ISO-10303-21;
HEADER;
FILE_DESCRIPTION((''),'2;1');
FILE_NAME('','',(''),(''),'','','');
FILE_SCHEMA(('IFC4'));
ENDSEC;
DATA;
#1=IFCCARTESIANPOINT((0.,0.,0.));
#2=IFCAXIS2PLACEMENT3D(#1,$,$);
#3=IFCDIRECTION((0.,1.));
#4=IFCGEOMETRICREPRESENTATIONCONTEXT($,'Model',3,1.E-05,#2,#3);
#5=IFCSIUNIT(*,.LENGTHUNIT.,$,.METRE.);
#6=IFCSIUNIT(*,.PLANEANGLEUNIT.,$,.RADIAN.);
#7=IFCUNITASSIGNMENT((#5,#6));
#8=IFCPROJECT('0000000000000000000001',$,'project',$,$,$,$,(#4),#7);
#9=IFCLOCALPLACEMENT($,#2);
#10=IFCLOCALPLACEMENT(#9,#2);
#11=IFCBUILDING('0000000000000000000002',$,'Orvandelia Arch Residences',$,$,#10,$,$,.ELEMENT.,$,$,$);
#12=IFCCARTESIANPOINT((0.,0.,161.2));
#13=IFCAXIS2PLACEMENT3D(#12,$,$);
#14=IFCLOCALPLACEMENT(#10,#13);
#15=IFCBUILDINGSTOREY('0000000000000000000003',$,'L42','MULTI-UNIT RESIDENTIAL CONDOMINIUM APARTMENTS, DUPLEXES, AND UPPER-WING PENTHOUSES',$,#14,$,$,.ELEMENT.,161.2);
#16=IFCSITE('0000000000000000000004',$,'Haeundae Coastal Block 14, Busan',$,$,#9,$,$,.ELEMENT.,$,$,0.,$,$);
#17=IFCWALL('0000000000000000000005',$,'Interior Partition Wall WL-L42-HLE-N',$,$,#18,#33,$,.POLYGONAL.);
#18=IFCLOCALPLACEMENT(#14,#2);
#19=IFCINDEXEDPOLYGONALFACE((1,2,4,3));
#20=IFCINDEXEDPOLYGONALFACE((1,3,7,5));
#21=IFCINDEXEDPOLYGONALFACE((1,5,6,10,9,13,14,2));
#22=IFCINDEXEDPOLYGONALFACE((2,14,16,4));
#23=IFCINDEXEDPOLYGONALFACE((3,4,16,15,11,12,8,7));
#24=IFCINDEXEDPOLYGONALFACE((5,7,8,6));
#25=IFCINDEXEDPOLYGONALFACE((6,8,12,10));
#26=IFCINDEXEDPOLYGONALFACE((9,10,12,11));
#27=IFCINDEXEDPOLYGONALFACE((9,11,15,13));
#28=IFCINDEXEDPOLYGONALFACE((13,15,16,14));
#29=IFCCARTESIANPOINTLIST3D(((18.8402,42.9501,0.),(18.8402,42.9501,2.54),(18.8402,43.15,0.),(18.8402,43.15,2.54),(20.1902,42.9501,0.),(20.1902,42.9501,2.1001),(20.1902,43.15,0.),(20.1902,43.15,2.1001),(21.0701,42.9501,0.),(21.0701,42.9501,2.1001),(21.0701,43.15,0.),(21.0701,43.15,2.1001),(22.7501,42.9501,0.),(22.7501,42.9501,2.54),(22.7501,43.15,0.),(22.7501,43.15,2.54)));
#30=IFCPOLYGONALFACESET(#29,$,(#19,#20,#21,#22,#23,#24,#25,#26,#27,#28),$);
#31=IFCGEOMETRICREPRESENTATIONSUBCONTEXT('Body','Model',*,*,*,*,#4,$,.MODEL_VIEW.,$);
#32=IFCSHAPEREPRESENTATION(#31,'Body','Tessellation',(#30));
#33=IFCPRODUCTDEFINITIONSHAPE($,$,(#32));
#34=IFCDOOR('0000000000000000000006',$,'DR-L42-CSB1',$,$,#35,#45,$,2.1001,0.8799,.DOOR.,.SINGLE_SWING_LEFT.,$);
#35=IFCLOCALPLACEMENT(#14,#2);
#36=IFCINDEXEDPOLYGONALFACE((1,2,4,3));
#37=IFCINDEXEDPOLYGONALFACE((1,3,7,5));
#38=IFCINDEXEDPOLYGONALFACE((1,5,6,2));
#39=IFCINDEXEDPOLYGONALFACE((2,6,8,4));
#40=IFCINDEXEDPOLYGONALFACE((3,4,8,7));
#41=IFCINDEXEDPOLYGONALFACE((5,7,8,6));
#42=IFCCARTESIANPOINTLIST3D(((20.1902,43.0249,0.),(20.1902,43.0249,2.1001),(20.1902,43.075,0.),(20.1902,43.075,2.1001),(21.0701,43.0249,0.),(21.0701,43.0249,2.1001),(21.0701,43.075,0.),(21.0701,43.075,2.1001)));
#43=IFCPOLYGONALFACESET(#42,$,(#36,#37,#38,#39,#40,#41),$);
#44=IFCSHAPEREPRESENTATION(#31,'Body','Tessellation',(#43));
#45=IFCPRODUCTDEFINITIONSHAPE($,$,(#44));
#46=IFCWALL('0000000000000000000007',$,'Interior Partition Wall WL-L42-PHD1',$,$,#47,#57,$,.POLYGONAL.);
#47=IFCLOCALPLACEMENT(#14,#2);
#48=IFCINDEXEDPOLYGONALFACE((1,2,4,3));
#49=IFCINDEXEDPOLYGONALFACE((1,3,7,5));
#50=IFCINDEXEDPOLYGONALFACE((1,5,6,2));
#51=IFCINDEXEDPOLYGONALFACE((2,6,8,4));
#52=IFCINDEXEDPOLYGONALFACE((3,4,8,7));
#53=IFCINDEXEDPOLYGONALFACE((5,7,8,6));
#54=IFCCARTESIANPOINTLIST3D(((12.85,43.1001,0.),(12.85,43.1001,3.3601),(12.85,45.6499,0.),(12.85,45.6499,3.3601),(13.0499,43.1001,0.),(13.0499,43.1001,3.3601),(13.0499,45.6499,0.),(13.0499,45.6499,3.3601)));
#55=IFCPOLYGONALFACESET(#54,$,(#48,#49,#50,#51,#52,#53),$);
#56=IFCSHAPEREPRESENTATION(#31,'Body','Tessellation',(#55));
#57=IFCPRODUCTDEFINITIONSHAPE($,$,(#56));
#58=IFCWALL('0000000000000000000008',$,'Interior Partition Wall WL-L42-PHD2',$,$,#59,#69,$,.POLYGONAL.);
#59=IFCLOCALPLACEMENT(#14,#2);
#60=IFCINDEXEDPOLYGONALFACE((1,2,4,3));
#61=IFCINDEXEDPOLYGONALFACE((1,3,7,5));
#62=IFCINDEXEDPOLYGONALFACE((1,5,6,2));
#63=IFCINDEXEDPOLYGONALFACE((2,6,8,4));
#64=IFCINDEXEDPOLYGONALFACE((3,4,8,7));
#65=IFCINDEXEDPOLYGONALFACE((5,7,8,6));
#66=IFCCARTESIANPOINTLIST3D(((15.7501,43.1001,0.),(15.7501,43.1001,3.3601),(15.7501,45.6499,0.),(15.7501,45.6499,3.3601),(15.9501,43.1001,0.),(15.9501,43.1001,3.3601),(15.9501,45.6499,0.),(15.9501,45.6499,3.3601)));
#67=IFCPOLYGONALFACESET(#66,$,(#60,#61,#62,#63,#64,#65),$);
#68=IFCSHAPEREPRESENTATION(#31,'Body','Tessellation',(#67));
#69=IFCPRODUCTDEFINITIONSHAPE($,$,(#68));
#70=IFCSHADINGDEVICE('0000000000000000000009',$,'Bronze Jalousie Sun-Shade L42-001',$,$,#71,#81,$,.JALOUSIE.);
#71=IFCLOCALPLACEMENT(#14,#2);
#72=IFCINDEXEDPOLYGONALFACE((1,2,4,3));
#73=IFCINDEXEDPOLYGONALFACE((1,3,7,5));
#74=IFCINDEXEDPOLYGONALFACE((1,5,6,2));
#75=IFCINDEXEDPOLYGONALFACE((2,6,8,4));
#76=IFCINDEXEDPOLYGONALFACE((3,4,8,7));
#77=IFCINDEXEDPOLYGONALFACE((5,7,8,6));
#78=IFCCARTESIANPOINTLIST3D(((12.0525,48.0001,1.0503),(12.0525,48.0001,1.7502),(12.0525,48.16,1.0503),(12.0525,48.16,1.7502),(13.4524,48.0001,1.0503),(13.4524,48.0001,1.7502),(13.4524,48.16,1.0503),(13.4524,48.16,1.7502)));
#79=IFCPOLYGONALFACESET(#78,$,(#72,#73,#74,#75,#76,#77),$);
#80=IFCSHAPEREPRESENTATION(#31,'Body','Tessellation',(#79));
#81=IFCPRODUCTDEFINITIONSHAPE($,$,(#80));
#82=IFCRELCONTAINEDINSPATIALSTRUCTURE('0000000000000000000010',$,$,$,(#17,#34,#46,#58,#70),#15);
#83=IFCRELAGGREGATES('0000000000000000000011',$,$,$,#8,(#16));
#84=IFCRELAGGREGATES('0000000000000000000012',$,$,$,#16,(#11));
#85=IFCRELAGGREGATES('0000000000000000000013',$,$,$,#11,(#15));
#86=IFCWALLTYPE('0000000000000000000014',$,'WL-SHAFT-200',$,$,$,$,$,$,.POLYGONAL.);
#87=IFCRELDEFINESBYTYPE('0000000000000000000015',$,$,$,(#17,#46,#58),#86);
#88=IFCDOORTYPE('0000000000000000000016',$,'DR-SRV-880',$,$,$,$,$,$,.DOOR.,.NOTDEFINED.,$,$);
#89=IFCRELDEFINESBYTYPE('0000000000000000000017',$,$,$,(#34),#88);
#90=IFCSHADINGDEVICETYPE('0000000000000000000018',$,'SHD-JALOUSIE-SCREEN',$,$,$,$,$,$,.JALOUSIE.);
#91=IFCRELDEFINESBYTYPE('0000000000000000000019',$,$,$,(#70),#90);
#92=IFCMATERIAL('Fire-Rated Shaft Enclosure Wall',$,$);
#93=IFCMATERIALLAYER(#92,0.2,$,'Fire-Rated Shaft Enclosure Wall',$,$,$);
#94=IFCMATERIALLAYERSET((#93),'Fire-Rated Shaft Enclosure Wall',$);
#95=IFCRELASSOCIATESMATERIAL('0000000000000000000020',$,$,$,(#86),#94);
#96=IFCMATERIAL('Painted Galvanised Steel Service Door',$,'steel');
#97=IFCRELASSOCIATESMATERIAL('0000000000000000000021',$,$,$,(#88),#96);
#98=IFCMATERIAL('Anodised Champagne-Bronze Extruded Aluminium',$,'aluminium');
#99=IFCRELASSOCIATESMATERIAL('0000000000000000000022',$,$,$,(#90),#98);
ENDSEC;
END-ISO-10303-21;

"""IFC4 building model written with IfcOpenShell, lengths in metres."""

from ifc_helpers import new_model, si_unit, direction, frame, frame_2d, origin, origin_2d, place, context, subcontext, project, spatial, rectangle, extrude, material, layer, layer_set, type_object, element, fill, save


model = new_model("IFC4")

# Units and contexts
model_context = context("Model", 3, precision=1e-05, world=origin(), true_north=direction((0.0, 1.0)))
body_context = subcontext(model_context, "Body", "Model", "MODEL_VIEW")
ifc_project = project(units=[si_unit("LENGTHUNIT", "METRE"), si_unit("PLANEANGLEUNIT", "RADIAN")], contexts=[model_context])

# Site, building, storey
site_placement = place(None, origin())
site = spatial("IfcSite", under=ifc_project, at=site_placement, Name="Haeundae Coastal Block 14, Busan", CompositionType="ELEMENT", RefElevation=0.0)
building_placement = place(site_placement, origin())
building = spatial("IfcBuilding", under=site, at=building_placement, Name="Orvandelia Arch Residences", CompositionType="ELEMENT")
storey_placement = place(building_placement, frame((0.0, 0.0, 161.2)))
storey = spatial("IfcBuildingStorey", under=building, at=storey_placement, Name="L42", Description="MULTI-UNIT RESIDENTIAL CONDOMINIUM APARTMENTS, DUPLEXES, AND UPPER-WING PENTHOUSES", CompositionType="ELEMENT", Elevation=161.2)

# Shared definitions
ifc_material_1 = material(Name="Fire-Rated Shaft Enclosure Wall")
ifc_layer_1 = layer(ifc_material_1, 0.2, Name="Fire-Rated Shaft Enclosure Wall")
ifc_layer_set_1 = layer_set([ifc_layer_1], Name="Fire-Rated Shaft Enclosure Wall")
wall_type_1 = type_object("IfcWallType", Name="WL-SHAFT-200", PredefinedType="POLYGONAL", material=ifc_layer_set_1)

# Shared definitions
ifc_material_2 = material(Name="Painted Galvanised Steel Service Door", Category="steel")
door_type_1 = type_object("IfcDoorType", Name="DR-SRV-880", OperationType="NOTDEFINED", PredefinedType="DOOR", material=ifc_material_2)

# Wall, opening, door
wall_1_placement = place(storey_placement, frame((18.8401, 43.05, 0.0), z_axis=(0.0, 0.0, 1.0), x_axis=(1.0, 0.0, 0.0)))
wall_1 = element("IfcWall", 1, at=wall_1_placement, inside=storey, type_object=wall_type_1, Name="Interior Partition Wall WL-L42-HLE-N", PredefinedType="POLYGONAL", context=body_context, shape_type="SweptSolid", body=[
    extrude(rectangle(XDim=3.9099, YDim=0.2, at=frame_2d((1.9551, 0.0))), origin(), (0.0, 0.0, 1.0), 2.54),
])
opening_1_placement = place(wall_1_placement, frame((1.3501, 0.0, 0.0)))
opening_1 = element("IfcOpeningElement", 2, at=opening_1_placement, cuts=wall_1, PredefinedType="OPENING", context=body_context, shape_type="SweptSolid", body=[
    extrude(rectangle(XDim=0.8799, YDim=2.1001, at=frame_2d((0.4399, 1.05))), frame((0.0, 0.1099, 0.0), z_axis=(0.0, -1.0, 0.0), x_axis=(1.0, 0.0, 0.0)), (0.0, 0.0, 1.0), 0.22),
])
door_1_placement = place(opening_1_placement, origin())
door_1 = element("IfcDoor", 3, at=door_1_placement, inside=storey, type_object=door_type_1, Name="DR-L42-CSB1", OperationType="SINGLE_SWING_LEFT", OverallHeight=2.1001, OverallWidth=0.8799, PredefinedType="DOOR", context=body_context, shape_type="SweptSolid", body=[
    extrude(rectangle(XDim=0.8799, YDim=2.1001, at=frame_2d((0.4399, 1.05))), frame((0.0, 0.0249, 0.0), z_axis=(0.0, -1.0, 0.0), x_axis=(1.0, 0.0, 0.0)), (0.0, 0.0, 1.0), 0.05),
])
fill(opening_1, door_1)

# Walls
for number, where, z_axis, x_axis, name in (
    (4, (12.95, 43.1001, 0.0), (0.0, 0.0, 1.0), (0.0, 1.0, 0.0), "Interior Partition Wall WL-L42-PHD1"),
    (5, (15.8501, 43.1001, 0.0), (0.0, 0.0, 1.0), (0.0, 1.0, 0.0), "Interior Partition Wall WL-L42-PHD2"),
):
    element("IfcWall", number, at=place(storey_placement, frame(where, z_axis=z_axis, x_axis=x_axis)), inside=storey, type_object=wall_type_1, Name=name, PredefinedType="POLYGONAL", context=body_context, shape_type="SweptSolid", body=[
        extrude(rectangle(XDim=2.5498, YDim=0.2, at=frame_2d((1.2749, 0.0))), origin(), (0.0, 0.0, 1.0), 3.3601),
    ])

# Shading device
ifc_material_3 = material(Name="Anodised Champagne-Bronze Extruded Aluminium", Category="aluminium")
shading_device_type = type_object("IfcShadingDeviceType", Name="SHD-JALOUSIE-SCREEN", PredefinedType="JALOUSIE", material=ifc_material_3)
shading_device_placement = place(storey_placement, frame((12.7524, 48.0801, 1.0503), z_axis=(0.0, 0.0, 1.0), x_axis=(1.0, 0.0, 0.0)))
element("IfcShadingDevice", 6, at=shading_device_placement, inside=storey, type_object=shading_device_type, Name="Bronze Jalousie Sun-Shade L42-001", PredefinedType="JALOUSIE", context=body_context, shape_type="SweptSolid", body=[
    extrude(rectangle(XDim=1.3999, YDim=0.1599, at=origin_2d()), origin(), (0.0, 0.0, 1.0), 0.7),
])

save(model, "model.ifc")
